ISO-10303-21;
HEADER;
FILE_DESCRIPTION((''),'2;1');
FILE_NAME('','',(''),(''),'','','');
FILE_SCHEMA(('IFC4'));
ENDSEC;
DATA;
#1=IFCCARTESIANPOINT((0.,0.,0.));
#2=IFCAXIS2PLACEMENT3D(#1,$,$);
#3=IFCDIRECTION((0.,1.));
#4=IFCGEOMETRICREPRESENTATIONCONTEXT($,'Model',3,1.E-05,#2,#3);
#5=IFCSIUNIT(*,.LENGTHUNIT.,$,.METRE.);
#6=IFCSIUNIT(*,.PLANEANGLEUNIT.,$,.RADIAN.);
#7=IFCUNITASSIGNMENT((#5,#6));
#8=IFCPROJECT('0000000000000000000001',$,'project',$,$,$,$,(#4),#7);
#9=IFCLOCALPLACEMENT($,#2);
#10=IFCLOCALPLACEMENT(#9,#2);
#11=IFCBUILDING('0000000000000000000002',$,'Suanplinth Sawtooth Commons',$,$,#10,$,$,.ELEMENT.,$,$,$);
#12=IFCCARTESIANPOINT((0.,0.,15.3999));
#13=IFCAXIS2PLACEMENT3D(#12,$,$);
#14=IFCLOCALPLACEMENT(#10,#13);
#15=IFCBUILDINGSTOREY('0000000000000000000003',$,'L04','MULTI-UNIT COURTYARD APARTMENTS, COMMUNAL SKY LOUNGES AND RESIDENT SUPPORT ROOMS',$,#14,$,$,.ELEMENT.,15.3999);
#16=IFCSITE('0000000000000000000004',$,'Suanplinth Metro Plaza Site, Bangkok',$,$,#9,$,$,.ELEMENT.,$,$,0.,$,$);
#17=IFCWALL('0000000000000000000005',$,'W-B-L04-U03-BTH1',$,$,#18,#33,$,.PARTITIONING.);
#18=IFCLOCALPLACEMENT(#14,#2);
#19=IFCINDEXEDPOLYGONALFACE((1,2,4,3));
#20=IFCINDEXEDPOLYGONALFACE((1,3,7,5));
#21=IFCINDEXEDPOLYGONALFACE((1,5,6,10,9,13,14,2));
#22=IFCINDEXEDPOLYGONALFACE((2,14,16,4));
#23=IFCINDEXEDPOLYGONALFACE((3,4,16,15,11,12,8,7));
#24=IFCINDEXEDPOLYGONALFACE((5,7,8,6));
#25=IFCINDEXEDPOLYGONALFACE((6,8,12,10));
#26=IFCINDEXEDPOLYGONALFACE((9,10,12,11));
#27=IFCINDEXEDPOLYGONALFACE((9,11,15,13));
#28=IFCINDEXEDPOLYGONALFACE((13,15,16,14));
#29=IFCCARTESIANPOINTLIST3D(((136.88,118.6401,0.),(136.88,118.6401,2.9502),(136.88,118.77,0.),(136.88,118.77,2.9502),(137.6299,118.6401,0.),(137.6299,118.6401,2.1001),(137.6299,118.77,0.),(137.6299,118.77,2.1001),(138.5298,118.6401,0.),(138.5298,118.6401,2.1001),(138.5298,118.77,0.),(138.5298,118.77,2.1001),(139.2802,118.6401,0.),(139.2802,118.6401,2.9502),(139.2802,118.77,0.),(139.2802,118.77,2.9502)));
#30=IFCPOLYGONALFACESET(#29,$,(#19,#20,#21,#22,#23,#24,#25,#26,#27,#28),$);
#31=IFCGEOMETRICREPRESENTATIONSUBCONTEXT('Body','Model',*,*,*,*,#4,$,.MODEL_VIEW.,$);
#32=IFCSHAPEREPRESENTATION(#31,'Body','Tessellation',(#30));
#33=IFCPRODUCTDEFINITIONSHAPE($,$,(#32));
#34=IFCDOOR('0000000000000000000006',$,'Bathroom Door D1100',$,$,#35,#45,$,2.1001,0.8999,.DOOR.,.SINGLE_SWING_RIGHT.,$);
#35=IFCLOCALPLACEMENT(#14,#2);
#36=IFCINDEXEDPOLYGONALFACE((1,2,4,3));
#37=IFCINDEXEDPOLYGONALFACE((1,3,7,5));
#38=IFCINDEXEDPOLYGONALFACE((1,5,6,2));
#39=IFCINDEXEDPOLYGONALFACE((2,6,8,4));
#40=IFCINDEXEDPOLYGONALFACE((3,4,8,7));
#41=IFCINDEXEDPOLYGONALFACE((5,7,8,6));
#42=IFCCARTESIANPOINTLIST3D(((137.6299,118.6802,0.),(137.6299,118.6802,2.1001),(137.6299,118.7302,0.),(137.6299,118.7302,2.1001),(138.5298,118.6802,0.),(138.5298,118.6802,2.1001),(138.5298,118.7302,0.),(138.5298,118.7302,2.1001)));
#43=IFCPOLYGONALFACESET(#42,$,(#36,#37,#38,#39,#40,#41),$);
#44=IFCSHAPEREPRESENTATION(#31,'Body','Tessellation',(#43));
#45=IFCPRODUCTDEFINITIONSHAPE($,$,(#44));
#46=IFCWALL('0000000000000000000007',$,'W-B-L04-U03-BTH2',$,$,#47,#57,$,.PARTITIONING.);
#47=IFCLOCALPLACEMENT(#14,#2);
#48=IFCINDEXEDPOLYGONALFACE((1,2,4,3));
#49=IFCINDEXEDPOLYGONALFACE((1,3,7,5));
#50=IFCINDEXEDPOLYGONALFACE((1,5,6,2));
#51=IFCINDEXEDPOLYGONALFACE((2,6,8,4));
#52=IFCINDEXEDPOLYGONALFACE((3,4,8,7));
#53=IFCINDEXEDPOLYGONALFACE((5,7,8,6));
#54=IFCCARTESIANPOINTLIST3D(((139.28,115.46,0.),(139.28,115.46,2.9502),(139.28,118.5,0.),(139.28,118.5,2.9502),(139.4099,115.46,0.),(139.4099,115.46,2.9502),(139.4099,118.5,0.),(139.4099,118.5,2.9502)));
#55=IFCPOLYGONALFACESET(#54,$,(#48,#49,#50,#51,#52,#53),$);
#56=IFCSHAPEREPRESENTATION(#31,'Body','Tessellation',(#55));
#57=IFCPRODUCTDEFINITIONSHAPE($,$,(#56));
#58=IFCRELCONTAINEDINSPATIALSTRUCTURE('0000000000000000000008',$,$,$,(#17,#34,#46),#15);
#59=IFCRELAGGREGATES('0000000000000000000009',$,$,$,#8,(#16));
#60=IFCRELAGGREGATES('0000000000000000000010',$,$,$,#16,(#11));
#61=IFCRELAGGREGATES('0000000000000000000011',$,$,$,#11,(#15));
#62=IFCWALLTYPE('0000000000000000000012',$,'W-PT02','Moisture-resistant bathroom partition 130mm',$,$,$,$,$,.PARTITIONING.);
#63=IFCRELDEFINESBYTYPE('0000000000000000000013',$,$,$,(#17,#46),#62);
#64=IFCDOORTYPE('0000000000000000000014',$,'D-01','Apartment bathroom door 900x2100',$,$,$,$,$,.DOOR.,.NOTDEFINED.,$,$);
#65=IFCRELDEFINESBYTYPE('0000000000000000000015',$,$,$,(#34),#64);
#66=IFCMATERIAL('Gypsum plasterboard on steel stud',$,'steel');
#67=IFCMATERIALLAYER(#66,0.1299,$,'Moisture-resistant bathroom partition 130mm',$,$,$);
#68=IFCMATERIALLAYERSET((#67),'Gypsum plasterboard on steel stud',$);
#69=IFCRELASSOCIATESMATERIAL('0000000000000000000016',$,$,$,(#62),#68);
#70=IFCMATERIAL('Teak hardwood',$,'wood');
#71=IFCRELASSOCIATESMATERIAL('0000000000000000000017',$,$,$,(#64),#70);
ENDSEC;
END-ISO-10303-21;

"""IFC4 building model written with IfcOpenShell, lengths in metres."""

from ifc_helpers import new_model, si_unit, direction, frame, frame_2d, origin, place, context, subcontext, project, spatial, rectangle, extrude, material, layer, layer_set, type_object, element, fill, save


model = new_model("IFC4")

# Units and contexts
model_context = context("Model", 3, precision=1e-05, world=origin(), true_north=direction((0.0, 1.0)))
body_context = subcontext(model_context, "Body", "Model", "MODEL_VIEW")
ifc_project = project(units=[si_unit("LENGTHUNIT", "METRE"), si_unit("PLANEANGLEUNIT", "RADIAN")], contexts=[model_context])

# Site, building, storey
site_placement = place(None, origin())
site = spatial("IfcSite", under=ifc_project, at=site_placement, Name="Suanplinth Metro Plaza Site, Bangkok", CompositionType="ELEMENT", RefElevation=0.0)
building_placement = place(site_placement, origin())
building = spatial("IfcBuilding", under=site, at=building_placement, Name="Suanplinth Sawtooth Commons", CompositionType="ELEMENT")
storey_placement = place(building_placement, frame((0.0, 0.0, 15.3999)))
storey = spatial("IfcBuildingStorey", under=building, at=storey_placement, Name="L04", Description="MULTI-UNIT COURTYARD APARTMENTS, COMMUNAL SKY LOUNGES AND RESIDENT SUPPORT ROOMS", CompositionType="ELEMENT", Elevation=15.3999)

# Shared definitions
ifc_material_1 = material(Name="Gypsum plasterboard on steel stud", Category="steel")
ifc_material_2 = material(Name="Teak hardwood", Category="wood")

# Wall, opening, door
ifc_layer_1 = layer(ifc_material_1, 0.1299, Name="Moisture-resistant bathroom partition 130mm")
ifc_layer_set_1 = layer_set([ifc_layer_1], Name="Gypsum plasterboard on steel stud")
wall_type_1 = type_object("IfcWallType", Name="W-PT02", Description="Moisture-resistant bathroom partition 130mm", PredefinedType="PARTITIONING", material=ifc_layer_set_1)
wall_1_placement = place(storey_placement, frame((136.8799, 118.7051, 0.0), z_axis=(0.0, 0.0, 1.0), x_axis=(1.0, 0.0, 0.0)))
wall_1 = element("IfcWall", 1, at=wall_1_placement, inside=storey, type_object=wall_type_1, Name="W-B-L04-U03-BTH1", PredefinedType="PARTITIONING", context=body_context, shape_type="SweptSolid", body=[
    extrude(rectangle(XDim=2.4001, YDim=0.1299, at=frame_2d((1.2002, 0.0))), origin(), (0.0, 0.0, 1.0), 2.9502),
])
opening_1_placement = place(wall_1_placement, frame((0.75, 0.0, 0.0)))
opening_1 = element("IfcOpeningElement", 2, at=opening_1_placement, cuts=wall_1, PredefinedType="OPENING", context=body_context, shape_type="SweptSolid", body=[
    extrude(rectangle(XDim=0.8999, YDim=2.1001, at=frame_2d((0.45, 1.05))), frame((0.0, 0.0798, 0.0), z_axis=(0.0, -1.0, 0.0), x_axis=(1.0, 0.0, 0.0)), (0.0, 0.0, 1.0), 0.1597),
])
door_type_1 = type_object("IfcDoorType", Name="D-01", Description="Apartment bathroom door 900x2100", OperationType="NOTDEFINED", PredefinedType="DOOR", material=ifc_material_2)
door_1_placement = place(opening_1_placement, frame((0.8999, 0.0, 0.0), z_axis=(0.0, 0.0, 1.0), x_axis=(-1.0, 0.0, 0.0)))
door_1 = element("IfcDoor", 3, at=door_1_placement, inside=storey, type_object=door_type_1, Name="Bathroom Door D1100", OperationType="SINGLE_SWING_RIGHT", OverallHeight=2.1001, OverallWidth=0.8999, PredefinedType="DOOR", context=body_context, shape_type="SweptSolid", body=[
    extrude(rectangle(XDim=0.8999, YDim=2.1001, at=frame_2d((0.45, 1.05))), frame((0.0, 0.0249, 0.0), z_axis=(0.0, -1.0, 0.0), x_axis=(1.0, 0.0, 0.0)), (0.0, 0.0, 1.0), 0.05),
])
fill(opening_1, door_1)

# Wall
wall_2_placement = place(storey_placement, frame((139.345, 115.46, 0.0), z_axis=(0.0, 0.0, 1.0), x_axis=(0.0, 1.0, 0.0)))
element("IfcWall", 4, at=wall_2_placement, inside=storey, type_object=wall_type_1, Name="W-B-L04-U03-BTH2", PredefinedType="PARTITIONING", context=body_context, shape_type="SweptSolid", body=[
    extrude(rectangle(XDim=3.04, YDim=0.1299, at=frame_2d((1.52, 0.0))), origin(), (0.0, 0.0, 1.0), 2.9502),
])

save(model, "model.ifc")
